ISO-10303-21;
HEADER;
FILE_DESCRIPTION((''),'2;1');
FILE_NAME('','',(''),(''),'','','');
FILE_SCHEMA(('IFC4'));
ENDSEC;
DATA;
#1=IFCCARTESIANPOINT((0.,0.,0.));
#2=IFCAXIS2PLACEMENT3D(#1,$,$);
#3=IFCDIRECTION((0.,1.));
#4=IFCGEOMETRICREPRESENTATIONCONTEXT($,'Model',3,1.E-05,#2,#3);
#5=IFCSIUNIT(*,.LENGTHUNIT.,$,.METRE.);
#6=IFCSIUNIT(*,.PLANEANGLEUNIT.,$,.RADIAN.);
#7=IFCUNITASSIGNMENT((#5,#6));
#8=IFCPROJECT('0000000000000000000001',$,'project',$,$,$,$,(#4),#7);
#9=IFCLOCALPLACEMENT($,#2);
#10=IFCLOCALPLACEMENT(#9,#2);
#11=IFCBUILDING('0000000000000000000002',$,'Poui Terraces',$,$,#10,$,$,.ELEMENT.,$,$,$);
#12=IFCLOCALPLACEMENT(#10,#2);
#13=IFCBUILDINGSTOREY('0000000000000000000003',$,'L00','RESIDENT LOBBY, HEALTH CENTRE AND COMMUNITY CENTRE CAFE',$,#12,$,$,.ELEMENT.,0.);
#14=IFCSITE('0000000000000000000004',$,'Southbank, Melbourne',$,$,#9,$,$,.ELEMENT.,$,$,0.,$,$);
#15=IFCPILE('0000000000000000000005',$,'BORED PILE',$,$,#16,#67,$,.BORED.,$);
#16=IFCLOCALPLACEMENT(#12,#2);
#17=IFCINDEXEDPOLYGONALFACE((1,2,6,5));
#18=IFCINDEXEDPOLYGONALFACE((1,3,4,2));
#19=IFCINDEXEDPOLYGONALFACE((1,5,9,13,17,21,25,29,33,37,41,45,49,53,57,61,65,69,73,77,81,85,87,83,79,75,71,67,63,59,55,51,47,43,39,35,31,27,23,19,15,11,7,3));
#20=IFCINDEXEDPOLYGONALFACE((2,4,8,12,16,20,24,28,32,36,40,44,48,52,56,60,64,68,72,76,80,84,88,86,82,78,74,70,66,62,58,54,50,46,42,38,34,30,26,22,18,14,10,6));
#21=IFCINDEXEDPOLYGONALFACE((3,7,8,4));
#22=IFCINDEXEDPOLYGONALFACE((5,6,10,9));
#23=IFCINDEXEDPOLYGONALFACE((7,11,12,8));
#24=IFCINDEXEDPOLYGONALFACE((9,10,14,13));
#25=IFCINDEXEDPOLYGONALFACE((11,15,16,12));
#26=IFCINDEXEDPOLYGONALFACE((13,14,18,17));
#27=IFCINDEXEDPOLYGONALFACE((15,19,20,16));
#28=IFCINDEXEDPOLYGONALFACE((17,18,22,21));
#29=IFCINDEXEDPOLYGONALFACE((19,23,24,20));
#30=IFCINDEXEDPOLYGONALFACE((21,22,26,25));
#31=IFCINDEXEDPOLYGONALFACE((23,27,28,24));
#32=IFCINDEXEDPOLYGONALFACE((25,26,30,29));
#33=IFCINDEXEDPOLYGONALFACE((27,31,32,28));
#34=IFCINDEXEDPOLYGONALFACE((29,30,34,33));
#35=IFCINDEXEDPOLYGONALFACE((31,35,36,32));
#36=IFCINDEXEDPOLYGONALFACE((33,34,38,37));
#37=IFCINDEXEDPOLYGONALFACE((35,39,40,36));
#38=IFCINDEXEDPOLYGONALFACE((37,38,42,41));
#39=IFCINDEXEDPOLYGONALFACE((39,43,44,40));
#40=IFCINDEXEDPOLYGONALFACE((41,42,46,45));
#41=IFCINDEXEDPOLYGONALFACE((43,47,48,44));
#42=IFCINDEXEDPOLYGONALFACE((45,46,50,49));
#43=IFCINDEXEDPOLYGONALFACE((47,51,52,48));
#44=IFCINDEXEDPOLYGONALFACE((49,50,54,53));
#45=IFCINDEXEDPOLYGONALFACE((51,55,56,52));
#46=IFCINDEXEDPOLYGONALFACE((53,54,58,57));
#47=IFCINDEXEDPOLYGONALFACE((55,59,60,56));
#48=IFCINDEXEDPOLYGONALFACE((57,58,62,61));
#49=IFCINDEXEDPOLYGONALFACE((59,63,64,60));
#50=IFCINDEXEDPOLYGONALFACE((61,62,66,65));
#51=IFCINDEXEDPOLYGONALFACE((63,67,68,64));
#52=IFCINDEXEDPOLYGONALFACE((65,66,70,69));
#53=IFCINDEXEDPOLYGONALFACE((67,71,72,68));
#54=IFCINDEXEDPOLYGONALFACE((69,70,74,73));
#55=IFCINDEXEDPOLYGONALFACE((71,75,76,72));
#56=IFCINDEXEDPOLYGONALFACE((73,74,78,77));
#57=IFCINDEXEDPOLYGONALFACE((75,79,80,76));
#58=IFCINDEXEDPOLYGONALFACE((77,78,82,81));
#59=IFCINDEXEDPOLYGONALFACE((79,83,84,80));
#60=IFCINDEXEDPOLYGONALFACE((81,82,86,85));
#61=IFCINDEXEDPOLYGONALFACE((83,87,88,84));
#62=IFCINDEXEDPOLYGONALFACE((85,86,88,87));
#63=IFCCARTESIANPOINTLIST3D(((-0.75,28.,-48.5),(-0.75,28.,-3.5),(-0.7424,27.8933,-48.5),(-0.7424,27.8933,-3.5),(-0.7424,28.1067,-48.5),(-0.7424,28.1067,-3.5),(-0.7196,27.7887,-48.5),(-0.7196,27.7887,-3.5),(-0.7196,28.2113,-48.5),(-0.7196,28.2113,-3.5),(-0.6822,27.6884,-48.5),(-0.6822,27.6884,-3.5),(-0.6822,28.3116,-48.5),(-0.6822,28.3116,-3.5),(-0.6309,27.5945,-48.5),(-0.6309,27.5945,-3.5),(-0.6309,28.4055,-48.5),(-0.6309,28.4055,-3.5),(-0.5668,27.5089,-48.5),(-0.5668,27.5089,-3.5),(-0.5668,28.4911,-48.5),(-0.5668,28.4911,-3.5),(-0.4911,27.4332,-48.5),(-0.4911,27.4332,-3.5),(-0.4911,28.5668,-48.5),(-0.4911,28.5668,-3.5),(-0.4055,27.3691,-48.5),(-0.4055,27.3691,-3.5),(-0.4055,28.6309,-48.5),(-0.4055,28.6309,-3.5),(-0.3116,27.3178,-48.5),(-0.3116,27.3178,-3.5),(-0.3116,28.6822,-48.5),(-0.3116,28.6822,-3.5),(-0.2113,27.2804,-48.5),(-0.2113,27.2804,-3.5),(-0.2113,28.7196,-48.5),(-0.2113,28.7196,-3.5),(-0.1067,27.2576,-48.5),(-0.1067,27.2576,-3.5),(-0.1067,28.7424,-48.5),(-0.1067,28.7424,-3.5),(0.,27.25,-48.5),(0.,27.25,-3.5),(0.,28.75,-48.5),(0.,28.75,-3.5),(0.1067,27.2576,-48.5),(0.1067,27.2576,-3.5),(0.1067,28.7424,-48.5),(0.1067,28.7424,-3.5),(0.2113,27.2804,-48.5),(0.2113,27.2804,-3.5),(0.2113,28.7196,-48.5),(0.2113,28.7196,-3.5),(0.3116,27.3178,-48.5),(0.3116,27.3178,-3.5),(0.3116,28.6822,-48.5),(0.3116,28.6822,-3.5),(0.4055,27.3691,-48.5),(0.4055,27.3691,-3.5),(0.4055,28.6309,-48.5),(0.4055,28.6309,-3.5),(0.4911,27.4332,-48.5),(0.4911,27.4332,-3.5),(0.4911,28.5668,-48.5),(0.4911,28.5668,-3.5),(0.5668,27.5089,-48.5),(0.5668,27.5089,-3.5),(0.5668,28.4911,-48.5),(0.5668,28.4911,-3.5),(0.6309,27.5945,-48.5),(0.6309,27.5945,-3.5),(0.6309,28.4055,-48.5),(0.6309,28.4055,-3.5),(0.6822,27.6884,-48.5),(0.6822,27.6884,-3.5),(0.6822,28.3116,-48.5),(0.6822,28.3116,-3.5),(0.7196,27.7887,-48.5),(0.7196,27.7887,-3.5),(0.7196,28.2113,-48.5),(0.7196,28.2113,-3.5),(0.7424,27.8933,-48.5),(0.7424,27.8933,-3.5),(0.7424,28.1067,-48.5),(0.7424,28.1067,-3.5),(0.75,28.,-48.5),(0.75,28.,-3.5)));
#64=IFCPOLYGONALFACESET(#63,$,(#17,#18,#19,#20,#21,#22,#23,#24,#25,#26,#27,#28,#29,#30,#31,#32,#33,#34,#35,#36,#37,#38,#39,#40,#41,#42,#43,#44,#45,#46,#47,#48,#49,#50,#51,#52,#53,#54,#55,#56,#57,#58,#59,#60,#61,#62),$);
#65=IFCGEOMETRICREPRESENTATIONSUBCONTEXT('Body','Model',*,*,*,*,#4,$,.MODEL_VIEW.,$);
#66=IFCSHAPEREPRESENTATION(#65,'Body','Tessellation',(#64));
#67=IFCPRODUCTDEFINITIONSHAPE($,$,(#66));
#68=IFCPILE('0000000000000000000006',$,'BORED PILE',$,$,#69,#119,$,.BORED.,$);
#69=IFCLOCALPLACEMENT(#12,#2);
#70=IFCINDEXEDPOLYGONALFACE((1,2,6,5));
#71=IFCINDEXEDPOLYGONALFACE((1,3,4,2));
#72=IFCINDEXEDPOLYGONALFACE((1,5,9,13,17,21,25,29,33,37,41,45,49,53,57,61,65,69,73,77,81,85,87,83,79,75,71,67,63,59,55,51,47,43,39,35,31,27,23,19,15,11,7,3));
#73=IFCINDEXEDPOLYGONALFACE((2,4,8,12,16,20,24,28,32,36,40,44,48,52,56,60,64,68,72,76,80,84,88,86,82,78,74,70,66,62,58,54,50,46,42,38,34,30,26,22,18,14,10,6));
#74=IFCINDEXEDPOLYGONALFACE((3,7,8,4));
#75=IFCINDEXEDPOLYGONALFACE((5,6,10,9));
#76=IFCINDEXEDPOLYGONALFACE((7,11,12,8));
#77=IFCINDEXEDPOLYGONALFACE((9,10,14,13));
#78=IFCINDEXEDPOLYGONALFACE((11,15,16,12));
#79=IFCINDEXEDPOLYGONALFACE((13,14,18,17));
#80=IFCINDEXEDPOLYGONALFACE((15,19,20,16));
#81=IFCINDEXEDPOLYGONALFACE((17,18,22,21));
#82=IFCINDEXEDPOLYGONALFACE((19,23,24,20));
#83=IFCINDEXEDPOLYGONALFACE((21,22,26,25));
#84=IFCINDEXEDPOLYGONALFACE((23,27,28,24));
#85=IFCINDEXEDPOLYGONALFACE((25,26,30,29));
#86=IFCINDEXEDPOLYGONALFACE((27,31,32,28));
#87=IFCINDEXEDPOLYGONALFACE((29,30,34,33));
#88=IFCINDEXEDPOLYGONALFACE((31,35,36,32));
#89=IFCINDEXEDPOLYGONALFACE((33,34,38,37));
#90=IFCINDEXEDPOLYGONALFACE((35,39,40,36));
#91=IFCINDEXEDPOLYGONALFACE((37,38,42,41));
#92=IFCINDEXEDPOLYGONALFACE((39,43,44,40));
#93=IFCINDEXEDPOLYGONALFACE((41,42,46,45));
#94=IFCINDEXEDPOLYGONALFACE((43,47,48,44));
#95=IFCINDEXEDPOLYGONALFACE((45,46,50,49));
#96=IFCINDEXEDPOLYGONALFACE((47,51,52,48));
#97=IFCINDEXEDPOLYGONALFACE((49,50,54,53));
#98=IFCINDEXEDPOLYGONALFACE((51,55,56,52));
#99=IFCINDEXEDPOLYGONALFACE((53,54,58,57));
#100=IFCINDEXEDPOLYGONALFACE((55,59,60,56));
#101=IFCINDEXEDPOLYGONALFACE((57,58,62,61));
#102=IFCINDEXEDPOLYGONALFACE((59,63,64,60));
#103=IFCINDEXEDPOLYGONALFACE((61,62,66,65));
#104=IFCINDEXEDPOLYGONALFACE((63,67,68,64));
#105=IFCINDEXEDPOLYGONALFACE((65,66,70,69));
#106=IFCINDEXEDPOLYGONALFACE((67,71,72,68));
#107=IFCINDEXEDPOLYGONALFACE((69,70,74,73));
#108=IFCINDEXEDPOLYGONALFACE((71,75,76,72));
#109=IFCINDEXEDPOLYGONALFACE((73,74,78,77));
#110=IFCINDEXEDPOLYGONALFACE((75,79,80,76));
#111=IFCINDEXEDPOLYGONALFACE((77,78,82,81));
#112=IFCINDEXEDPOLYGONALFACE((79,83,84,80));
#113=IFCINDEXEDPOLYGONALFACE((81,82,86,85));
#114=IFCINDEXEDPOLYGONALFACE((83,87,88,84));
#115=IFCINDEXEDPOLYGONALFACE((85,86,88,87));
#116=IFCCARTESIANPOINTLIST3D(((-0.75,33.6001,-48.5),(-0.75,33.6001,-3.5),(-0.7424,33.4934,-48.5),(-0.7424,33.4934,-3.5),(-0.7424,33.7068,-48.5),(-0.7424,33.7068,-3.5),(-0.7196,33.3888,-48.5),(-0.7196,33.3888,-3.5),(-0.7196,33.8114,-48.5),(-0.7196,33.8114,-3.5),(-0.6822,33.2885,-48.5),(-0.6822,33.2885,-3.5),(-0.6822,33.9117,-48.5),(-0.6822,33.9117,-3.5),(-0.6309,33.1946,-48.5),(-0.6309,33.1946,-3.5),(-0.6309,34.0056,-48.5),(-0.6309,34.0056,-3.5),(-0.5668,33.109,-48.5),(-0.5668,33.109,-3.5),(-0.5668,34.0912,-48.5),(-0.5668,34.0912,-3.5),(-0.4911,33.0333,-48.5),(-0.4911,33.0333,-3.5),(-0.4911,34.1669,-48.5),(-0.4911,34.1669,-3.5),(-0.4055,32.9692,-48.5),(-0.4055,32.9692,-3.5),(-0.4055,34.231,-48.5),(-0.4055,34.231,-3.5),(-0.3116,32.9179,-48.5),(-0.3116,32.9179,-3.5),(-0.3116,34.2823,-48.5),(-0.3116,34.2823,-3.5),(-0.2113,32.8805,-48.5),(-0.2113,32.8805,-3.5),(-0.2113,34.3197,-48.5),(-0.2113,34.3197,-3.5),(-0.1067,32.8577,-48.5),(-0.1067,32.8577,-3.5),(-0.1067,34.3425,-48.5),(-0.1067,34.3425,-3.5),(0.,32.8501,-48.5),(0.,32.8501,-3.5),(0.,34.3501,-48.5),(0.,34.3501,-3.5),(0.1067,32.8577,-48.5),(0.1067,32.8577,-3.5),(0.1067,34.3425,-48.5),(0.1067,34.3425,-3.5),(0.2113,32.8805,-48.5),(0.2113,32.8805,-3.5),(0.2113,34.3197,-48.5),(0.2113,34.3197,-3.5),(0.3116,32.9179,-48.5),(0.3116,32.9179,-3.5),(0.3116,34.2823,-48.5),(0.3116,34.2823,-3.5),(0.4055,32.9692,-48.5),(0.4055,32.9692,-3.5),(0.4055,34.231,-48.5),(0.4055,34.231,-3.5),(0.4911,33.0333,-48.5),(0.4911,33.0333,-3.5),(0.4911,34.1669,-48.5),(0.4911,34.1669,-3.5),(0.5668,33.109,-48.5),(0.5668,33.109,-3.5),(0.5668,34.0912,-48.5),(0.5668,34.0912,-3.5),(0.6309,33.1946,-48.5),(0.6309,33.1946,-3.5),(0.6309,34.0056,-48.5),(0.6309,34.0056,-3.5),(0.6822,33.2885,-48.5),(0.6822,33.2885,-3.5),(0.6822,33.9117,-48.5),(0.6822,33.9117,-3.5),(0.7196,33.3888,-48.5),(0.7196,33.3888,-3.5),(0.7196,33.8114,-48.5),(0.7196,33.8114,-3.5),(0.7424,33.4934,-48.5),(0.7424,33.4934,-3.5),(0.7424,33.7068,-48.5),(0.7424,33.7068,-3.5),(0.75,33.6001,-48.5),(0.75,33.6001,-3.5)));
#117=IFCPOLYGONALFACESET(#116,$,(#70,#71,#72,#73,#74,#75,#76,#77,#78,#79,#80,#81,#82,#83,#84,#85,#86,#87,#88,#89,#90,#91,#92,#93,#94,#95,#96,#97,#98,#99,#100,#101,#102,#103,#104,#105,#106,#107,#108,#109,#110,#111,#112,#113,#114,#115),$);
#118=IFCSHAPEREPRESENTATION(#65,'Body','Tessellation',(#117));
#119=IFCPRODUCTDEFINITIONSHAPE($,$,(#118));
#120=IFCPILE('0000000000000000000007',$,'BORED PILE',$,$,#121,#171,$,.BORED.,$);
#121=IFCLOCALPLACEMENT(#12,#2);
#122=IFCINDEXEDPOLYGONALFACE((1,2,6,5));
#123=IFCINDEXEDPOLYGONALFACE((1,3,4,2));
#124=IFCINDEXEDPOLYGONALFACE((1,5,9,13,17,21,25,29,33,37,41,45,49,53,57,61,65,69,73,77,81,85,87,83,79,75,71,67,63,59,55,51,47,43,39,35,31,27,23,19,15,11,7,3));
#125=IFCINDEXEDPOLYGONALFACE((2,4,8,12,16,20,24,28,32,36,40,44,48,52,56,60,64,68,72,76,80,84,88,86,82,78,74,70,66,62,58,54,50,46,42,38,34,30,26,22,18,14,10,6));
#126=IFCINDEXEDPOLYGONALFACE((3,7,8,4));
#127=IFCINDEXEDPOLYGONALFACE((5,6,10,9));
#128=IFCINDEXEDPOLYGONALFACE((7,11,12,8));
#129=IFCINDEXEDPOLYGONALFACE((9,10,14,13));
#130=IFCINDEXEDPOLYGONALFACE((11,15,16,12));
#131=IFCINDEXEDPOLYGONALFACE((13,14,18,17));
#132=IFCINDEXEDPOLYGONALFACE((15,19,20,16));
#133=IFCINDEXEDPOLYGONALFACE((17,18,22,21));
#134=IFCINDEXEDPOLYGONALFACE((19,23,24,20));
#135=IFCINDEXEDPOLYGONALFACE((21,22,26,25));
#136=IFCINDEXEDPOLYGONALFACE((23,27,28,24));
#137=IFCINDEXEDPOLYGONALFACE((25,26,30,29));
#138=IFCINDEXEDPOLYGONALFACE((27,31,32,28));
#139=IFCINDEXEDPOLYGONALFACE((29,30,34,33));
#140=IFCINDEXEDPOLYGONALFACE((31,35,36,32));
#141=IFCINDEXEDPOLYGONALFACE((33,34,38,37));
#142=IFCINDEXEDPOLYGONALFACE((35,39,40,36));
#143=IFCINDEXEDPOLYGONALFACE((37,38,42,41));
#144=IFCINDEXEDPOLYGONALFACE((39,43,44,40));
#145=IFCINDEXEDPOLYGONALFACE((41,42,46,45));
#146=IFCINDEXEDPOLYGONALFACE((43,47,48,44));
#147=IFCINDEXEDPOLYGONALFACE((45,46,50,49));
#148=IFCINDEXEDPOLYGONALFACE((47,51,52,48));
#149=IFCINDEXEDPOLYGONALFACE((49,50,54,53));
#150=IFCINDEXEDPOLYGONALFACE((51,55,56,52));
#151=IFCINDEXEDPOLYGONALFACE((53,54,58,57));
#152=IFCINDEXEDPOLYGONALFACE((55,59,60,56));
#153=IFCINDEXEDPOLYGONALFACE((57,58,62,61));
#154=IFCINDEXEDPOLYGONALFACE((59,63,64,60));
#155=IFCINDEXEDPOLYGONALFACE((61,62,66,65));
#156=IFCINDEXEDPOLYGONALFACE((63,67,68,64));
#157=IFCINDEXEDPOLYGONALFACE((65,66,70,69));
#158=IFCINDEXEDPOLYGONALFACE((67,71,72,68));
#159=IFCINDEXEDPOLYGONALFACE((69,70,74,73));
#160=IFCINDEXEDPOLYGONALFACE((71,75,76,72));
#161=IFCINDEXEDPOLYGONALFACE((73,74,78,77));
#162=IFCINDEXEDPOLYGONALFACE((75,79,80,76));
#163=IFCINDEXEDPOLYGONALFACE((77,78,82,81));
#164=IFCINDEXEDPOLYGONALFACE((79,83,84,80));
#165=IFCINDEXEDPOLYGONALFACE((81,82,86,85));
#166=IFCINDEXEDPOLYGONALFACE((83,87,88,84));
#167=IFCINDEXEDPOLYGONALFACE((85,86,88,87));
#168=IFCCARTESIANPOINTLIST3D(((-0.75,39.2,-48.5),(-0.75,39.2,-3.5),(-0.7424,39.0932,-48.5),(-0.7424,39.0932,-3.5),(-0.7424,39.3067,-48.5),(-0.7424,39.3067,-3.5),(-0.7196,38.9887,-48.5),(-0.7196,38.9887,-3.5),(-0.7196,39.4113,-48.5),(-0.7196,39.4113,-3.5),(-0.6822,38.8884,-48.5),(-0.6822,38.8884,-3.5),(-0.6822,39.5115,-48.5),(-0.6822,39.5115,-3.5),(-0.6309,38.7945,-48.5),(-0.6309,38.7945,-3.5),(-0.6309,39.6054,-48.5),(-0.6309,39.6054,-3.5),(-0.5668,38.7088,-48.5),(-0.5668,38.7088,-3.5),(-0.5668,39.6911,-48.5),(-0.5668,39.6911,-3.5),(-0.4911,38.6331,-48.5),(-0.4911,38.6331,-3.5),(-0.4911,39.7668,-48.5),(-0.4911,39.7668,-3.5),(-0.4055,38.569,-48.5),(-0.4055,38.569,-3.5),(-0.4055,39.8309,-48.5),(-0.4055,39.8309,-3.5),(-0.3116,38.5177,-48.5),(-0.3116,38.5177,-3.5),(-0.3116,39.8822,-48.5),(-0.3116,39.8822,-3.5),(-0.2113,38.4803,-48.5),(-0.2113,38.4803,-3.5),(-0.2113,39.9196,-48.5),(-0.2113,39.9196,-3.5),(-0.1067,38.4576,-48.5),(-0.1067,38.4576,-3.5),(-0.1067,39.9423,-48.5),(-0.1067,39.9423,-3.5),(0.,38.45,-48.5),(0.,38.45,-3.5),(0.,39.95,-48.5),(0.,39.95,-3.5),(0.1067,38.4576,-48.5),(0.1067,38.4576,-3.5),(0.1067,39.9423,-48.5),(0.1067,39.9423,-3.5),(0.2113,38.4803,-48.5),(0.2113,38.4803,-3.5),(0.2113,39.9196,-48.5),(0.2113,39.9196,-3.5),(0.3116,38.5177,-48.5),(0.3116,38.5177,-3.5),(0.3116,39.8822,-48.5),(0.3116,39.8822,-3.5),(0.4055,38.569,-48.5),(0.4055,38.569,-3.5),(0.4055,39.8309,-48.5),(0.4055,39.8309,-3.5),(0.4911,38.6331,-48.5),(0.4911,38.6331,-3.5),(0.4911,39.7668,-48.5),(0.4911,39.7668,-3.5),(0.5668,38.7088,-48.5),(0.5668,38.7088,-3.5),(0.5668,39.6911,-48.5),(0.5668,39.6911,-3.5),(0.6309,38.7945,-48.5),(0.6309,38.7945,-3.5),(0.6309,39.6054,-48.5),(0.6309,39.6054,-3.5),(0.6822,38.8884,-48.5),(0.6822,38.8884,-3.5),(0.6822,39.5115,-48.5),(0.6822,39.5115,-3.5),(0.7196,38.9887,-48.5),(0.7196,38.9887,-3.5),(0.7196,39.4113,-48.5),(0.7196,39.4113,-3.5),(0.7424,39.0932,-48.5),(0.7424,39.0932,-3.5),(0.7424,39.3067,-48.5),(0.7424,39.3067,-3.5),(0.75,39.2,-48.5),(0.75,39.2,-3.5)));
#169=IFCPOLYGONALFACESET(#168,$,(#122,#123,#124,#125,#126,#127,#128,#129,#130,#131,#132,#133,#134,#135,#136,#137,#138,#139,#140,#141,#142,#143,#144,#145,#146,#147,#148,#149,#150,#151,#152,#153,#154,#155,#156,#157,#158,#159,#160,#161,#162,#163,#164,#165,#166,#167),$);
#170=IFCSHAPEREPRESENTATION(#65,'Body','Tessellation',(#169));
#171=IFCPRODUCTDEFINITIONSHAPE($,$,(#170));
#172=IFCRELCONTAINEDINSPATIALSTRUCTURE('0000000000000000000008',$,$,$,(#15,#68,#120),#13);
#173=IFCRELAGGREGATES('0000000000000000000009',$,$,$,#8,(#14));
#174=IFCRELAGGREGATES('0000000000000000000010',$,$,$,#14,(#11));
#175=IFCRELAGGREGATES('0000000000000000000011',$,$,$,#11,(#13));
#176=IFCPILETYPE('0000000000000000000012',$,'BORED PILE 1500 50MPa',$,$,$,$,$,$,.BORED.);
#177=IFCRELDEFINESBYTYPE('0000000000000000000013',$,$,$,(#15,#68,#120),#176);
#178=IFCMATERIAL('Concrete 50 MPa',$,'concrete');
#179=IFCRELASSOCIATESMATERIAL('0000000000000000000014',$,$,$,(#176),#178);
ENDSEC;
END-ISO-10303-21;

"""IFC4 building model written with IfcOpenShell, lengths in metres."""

from ifc_helpers import new_model, si_unit, direction, frame, origin, origin_2d, place, context, subcontext, project, spatial, circle, extrude, material, material_profile, profile_set, type_object, element, save


model = new_model("IFC4")

# Units and contexts
model_context = context("Model", 3, precision=1e-05, world=origin(), true_north=direction((0.0, 1.0)))
body_context = subcontext(model_context, "Body", "Model", "MODEL_VIEW")
ifc_project = project(units=[si_unit("LENGTHUNIT", "METRE"), si_unit("PLANEANGLEUNIT", "RADIAN")], contexts=[model_context])

# Site, building, storey
site_placement = place(None, origin())
site = spatial("IfcSite", under=ifc_project, at=site_placement, Name="Southbank, Melbourne", CompositionType="ELEMENT", RefElevation=0.0)
building_placement = place(site_placement, origin())
building = spatial("IfcBuilding", under=site, at=building_placement, Name="Poui Terraces", CompositionType="ELEMENT")
storey_placement = place(building_placement, origin())
storey = spatial("IfcBuildingStorey", under=building, at=storey_placement, Name="L00", Description="RESIDENT LOBBY, HEALTH CENTRE AND COMMUNITY CENTRE CAFE", CompositionType="ELEMENT", Elevation=0.0)

# Piles
ifc_material_1 = material(Name="Concrete 50 MPa", Category="concrete")
ifc_material_profile_1 = material_profile(ifc_material_1, circle(Radius=0.75, at=origin_2d()), Name="RC D1500")
ifc_profile_set_1 = profile_set([ifc_material_profile_1], Name="Concrete 50 MPa")
pile_type = type_object("IfcPileType", Name="BORED PILE 1500 50MPa", PredefinedType="BORED", material=ifc_profile_set_1)
for number, where, z_axis, x_axis, name in (
    (1, (0.0, 28.0, -3.5), (0.0, 0.0, -1.0), (1.0, 0.0, 0.0), "BORED PILE"),
    (2, (0.0, 33.6001, -3.5), (0.0, 0.0, -1.0), (1.0, 0.0, 0.0), "BORED PILE"),
    (3, (0.0, 39.2, -3.5), (0.0, 0.0, -1.0), (1.0, 0.0, 0.0), "BORED PILE"),
):
    element("IfcPile", number, at=place(storey_placement, frame(where, z_axis=z_axis, x_axis=x_axis)), inside=storey, type_object=pile_type, Name=name, PredefinedType="BORED", context=body_context, shape_type="SweptSolid", body=[
        extrude(circle(Radius=0.75, at=origin_2d()), origin(), (0.0, 0.0, 1.0), 45.0),
    ])

save(model, "model.ifc")
